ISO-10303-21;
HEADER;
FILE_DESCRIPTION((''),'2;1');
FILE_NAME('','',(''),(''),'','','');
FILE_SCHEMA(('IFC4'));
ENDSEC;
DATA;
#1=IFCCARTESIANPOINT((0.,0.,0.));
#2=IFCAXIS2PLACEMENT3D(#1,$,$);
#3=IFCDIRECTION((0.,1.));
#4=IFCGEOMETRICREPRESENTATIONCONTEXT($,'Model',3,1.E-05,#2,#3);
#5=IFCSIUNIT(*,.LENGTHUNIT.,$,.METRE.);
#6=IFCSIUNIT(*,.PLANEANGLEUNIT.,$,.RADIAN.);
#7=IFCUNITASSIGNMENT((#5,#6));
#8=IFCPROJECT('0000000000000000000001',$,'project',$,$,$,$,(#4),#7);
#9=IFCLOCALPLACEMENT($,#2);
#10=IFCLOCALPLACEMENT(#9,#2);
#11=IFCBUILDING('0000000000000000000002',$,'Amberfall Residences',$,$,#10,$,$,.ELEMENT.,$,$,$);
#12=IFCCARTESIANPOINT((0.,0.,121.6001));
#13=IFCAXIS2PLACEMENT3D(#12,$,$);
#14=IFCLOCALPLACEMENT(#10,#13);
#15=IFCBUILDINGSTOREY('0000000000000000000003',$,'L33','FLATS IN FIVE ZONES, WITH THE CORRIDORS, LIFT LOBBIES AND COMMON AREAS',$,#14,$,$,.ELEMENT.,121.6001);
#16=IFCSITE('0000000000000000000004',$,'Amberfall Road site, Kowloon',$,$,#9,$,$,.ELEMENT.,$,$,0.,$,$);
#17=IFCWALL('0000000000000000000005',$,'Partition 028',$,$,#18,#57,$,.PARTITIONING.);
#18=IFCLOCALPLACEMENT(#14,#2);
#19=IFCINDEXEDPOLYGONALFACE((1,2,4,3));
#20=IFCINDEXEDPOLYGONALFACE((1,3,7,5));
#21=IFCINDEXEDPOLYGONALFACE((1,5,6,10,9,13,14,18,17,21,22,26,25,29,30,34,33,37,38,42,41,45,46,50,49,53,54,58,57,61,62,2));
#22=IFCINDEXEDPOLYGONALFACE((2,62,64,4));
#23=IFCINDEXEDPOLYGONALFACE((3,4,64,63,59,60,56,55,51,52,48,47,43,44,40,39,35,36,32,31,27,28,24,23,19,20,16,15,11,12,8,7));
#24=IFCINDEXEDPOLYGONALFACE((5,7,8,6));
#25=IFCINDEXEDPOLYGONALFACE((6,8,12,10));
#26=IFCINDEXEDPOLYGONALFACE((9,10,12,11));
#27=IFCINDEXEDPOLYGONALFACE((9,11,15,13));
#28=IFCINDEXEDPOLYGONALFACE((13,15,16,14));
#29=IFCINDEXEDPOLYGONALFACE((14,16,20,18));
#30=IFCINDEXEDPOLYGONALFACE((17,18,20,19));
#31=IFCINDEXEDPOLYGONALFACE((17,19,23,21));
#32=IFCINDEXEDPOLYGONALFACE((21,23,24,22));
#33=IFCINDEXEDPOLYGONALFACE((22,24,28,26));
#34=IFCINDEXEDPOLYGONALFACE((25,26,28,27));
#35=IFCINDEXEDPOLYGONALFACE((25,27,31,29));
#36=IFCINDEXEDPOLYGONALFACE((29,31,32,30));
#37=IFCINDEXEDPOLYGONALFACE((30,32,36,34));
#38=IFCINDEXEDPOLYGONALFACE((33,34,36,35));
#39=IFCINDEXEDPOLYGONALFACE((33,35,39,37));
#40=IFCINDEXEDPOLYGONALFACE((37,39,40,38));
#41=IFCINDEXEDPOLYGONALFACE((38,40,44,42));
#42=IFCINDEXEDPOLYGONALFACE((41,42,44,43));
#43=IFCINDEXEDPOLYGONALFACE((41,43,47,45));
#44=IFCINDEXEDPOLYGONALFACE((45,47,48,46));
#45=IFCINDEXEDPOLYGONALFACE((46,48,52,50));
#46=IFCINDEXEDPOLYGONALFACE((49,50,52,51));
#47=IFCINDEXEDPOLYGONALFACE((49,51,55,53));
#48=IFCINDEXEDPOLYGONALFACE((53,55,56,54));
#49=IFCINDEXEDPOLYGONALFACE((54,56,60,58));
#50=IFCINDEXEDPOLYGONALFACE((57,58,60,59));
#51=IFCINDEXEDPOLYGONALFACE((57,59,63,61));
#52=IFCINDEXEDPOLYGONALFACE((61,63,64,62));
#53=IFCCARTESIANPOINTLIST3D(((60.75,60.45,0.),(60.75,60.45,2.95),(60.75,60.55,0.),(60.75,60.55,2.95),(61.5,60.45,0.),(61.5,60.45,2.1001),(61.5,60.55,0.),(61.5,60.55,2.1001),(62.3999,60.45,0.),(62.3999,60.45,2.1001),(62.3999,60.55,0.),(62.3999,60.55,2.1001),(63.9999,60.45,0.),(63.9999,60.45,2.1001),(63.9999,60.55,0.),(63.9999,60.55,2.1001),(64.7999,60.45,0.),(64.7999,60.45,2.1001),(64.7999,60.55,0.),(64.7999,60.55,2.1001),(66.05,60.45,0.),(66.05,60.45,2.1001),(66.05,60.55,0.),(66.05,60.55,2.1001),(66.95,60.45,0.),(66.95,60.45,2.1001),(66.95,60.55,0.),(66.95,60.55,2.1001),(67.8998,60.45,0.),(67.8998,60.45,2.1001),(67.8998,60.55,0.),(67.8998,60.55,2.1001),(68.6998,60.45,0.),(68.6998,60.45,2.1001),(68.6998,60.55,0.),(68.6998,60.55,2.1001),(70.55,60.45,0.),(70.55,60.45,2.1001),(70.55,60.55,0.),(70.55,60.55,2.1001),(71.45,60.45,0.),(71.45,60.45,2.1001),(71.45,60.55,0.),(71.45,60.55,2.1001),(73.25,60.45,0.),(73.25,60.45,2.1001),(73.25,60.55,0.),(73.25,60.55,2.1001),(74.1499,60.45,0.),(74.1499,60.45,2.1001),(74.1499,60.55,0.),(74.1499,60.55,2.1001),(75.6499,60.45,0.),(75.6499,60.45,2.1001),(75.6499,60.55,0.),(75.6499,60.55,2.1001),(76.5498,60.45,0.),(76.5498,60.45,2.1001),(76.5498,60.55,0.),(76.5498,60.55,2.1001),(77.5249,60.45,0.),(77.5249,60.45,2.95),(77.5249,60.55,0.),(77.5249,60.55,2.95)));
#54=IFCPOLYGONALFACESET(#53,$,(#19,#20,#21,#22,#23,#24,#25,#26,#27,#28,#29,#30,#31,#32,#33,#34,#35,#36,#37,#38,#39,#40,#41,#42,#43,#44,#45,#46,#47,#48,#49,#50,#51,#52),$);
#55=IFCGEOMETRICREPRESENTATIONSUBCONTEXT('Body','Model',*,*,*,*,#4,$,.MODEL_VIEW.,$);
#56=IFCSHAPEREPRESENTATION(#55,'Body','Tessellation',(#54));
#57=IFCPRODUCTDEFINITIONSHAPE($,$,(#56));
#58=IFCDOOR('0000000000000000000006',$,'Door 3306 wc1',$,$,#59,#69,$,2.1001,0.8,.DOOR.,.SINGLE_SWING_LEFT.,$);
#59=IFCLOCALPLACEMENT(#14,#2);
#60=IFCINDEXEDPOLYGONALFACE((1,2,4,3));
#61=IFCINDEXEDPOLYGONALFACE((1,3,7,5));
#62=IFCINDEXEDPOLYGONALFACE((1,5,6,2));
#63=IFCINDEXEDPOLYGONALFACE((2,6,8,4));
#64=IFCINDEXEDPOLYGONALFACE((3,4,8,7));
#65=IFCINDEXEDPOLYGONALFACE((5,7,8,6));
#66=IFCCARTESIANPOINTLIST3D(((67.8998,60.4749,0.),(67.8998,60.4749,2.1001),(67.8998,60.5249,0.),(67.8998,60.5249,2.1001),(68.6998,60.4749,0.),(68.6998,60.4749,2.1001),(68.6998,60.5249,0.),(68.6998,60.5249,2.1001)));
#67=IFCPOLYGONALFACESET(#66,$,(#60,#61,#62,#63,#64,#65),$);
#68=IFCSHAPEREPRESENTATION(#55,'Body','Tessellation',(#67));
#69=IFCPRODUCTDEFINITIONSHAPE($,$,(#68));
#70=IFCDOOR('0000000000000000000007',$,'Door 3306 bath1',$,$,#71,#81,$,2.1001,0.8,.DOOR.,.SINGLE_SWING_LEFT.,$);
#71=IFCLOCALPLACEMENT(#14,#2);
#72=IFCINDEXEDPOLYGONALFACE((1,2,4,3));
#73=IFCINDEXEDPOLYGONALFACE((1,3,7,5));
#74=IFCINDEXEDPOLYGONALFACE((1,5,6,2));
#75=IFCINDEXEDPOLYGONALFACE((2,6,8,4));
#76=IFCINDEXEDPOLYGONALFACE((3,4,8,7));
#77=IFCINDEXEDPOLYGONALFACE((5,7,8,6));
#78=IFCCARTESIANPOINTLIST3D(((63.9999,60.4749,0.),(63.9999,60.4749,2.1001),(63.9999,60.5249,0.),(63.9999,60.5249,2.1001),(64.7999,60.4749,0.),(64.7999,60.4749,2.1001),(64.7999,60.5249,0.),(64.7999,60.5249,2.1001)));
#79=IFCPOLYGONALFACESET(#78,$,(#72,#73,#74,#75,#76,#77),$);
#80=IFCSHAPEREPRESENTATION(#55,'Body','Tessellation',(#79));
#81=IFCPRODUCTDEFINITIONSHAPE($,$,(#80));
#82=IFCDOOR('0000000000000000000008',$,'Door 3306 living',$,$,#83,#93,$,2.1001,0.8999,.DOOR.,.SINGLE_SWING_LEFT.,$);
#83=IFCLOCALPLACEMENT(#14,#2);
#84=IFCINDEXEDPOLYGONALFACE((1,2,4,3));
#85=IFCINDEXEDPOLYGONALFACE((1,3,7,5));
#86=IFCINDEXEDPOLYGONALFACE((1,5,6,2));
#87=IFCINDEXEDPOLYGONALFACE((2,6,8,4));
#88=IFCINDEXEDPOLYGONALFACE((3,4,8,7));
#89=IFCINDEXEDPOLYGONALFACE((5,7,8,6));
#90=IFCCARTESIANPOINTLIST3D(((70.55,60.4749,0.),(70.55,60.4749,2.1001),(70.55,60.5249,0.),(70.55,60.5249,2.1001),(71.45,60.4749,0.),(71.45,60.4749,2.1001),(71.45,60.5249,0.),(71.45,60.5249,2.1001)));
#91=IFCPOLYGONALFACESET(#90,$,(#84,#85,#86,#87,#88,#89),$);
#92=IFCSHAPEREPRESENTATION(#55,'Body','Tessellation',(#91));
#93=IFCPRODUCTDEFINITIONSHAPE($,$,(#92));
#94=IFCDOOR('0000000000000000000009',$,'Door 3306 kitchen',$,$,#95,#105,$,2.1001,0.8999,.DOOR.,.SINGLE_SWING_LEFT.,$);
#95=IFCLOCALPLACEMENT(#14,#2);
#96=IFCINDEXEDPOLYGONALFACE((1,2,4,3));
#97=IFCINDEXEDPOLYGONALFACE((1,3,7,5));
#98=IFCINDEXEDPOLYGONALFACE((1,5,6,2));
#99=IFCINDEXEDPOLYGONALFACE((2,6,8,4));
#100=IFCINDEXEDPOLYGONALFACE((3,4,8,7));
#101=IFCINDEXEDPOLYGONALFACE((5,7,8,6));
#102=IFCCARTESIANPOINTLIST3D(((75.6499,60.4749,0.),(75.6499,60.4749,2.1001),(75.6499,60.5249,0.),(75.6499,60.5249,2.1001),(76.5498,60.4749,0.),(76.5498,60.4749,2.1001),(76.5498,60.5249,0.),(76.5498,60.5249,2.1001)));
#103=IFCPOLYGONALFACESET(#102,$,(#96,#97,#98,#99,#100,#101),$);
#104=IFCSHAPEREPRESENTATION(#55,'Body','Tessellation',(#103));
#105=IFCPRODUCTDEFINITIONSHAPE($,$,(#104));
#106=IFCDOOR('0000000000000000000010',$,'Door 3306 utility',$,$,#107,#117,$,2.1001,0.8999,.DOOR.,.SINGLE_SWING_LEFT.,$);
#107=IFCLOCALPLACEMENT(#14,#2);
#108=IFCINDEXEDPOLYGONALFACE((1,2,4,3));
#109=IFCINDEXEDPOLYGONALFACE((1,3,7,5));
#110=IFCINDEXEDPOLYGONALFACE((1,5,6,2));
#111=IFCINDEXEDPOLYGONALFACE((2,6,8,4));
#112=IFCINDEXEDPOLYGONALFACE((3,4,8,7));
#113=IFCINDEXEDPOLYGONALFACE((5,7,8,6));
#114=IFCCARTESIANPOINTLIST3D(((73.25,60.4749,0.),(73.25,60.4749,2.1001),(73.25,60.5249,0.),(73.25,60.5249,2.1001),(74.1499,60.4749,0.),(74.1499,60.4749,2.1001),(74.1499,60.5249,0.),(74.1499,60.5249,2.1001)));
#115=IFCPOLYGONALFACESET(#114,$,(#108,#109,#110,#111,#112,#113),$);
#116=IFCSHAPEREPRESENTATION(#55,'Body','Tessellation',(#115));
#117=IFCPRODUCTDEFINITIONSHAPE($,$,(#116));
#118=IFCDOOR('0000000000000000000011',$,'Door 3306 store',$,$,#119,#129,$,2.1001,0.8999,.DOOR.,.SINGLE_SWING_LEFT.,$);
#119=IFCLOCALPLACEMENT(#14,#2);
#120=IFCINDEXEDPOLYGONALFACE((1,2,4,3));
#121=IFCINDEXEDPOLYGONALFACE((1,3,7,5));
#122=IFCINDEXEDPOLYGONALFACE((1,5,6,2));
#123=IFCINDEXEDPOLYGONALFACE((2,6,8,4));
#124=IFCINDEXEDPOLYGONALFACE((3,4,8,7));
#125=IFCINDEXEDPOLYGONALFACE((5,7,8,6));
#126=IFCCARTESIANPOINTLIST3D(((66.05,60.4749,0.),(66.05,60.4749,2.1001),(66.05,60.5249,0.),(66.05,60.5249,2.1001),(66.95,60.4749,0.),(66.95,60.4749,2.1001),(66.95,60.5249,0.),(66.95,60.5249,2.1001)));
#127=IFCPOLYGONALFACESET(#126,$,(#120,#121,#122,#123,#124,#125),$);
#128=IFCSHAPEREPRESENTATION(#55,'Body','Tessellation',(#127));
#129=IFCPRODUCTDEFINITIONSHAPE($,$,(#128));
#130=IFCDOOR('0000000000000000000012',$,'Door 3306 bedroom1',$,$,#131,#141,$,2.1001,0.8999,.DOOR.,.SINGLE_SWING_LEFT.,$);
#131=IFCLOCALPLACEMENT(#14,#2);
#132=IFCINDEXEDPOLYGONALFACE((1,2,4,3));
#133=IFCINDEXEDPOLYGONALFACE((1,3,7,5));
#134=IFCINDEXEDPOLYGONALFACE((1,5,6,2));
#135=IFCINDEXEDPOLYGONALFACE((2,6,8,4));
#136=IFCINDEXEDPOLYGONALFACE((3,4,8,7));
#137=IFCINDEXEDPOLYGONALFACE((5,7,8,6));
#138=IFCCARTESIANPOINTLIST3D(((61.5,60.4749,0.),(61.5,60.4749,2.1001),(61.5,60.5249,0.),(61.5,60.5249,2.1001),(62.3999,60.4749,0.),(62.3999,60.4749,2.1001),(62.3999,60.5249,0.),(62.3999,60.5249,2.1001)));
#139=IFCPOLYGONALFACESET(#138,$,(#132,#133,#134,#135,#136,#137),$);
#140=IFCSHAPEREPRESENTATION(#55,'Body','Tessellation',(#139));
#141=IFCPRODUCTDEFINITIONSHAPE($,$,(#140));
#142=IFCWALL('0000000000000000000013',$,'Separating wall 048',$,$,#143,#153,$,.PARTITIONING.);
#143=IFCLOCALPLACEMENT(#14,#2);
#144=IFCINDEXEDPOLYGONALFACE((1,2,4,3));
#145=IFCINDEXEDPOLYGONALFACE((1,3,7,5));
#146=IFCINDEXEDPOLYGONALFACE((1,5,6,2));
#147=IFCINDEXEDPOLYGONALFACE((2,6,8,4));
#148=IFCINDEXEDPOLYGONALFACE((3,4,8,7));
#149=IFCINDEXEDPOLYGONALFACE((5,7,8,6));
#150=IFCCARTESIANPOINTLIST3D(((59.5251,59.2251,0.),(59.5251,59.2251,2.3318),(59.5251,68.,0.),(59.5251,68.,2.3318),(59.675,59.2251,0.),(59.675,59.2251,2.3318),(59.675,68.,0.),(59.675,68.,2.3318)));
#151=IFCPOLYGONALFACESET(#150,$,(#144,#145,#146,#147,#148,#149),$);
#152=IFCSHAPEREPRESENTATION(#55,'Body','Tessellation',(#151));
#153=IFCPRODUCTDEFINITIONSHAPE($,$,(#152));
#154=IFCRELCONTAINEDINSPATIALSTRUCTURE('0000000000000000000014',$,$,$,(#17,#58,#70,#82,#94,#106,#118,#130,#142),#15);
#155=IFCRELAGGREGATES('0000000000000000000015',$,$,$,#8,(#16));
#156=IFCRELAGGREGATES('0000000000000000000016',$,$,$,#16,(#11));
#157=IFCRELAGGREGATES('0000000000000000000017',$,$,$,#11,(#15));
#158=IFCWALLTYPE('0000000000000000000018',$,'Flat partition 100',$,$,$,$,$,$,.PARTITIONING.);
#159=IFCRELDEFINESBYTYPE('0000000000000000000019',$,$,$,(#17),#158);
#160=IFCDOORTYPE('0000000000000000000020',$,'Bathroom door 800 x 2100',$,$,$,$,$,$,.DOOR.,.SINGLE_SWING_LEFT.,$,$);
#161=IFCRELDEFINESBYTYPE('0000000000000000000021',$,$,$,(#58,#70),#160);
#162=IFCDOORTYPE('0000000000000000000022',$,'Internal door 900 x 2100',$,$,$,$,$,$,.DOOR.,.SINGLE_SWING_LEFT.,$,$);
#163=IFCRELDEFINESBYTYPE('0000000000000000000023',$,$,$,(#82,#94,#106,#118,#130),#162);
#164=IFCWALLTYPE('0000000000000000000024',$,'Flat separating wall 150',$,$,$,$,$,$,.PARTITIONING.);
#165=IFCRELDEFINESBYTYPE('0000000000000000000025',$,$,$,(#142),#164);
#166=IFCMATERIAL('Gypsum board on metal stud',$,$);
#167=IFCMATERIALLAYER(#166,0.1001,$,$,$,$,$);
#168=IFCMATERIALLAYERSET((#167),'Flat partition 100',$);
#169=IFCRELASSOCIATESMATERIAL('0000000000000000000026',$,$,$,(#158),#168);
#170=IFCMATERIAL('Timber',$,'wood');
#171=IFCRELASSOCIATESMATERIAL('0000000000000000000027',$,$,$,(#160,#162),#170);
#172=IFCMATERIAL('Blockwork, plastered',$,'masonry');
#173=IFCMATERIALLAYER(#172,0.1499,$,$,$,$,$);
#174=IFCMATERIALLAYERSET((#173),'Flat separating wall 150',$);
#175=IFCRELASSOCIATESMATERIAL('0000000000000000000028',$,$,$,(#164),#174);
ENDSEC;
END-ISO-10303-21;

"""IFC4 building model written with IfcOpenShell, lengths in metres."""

from ifc_helpers import new_model, si_unit, direction, frame, frame_2d, origin, place, context, subcontext, project, spatial, rectangle, extrude, material, layer, layer_set, type_object, element, fill, save


model = new_model("IFC4")

# Units and contexts
model_context = context("Model", 3, precision=1e-05, world=origin(), true_north=direction((0.0, 1.0)))
body_context = subcontext(model_context, "Body", "Model", "MODEL_VIEW")
ifc_project = project(units=[si_unit("LENGTHUNIT", "METRE"), si_unit("PLANEANGLEUNIT", "RADIAN")], contexts=[model_context])

# Site, building, storey
site_placement = place(None, origin())
site = spatial("IfcSite", under=ifc_project, at=site_placement, Name="Amberfall Road site, Kowloon", CompositionType="ELEMENT", RefElevation=0.0)
building_placement = place(site_placement, origin())
building = spatial("IfcBuilding", under=site, at=building_placement, Name="Amberfall Residences", CompositionType="ELEMENT")
storey_placement = place(building_placement, frame((0.0, 0.0, 121.6001)))
storey = spatial("IfcBuildingStorey", under=building, at=storey_placement, Name="L33", Description="FLATS IN FIVE ZONES, WITH THE CORRIDORS, LIFT LOBBIES AND COMMON AREAS", CompositionType="ELEMENT", Elevation=121.6001)

# Shared definitions
ifc_material_1 = material(Name="Gypsum board on metal stud")
ifc_layer_1 = layer(ifc_material_1, 0.1001)
ifc_layer_set_1 = layer_set([ifc_layer_1], Name="Flat partition 100")
wall_type_1 = type_object("IfcWallType", Name="Flat partition 100", PredefinedType="PARTITIONING", material=ifc_layer_set_1)

# Wall, openings, doors
wall_1_placement = place(storey_placement, frame((60.75, 60.5, 0.0), z_axis=(0.0, 0.0, 1.0), x_axis=(1.0, 0.0, 0.0)))
wall_1 = element("IfcWall", 1, at=wall_1_placement, inside=storey, type_object=wall_type_1, Name="Partition 028", PredefinedType="PARTITIONING", context=body_context, shape_type="SweptSolid", body=[
    extrude(rectangle(XDim=16.7749, YDim=0.1001, at=frame_2d((8.3875, 0.0))), origin(), (0.0, 0.0, 1.0), 2.95),
])
opening_1_placement = place(wall_1_placement, frame((9.8, 0.0, 0.0)))
opening_1 = element("IfcOpeningElement", 2, at=opening_1_placement, cuts=wall_1, PredefinedType="OPENING", context=body_context, shape_type="SweptSolid", body=[
    extrude(rectangle(XDim=0.8999, YDim=2.1001, at=frame_2d((0.45, 1.05))), frame((0.0, 0.0601, 0.0), z_axis=(0.0, -1.0, 0.0), x_axis=(1.0, 0.0, 0.0)), (0.0, 0.0, 1.0), 0.1201),
])
opening_2_placement = place(wall_1_placement, frame((14.8999, 0.0, 0.0)))
opening_2 = element("IfcOpeningElement", 3, at=opening_2_placement, cuts=wall_1, PredefinedType="OPENING", context=body_context, shape_type="SweptSolid", body=[
    extrude(rectangle(XDim=0.8999, YDim=2.1001, at=frame_2d((0.45, 1.05))), frame((0.0, 0.0601, 0.0), z_axis=(0.0, -1.0, 0.0), x_axis=(1.0, 0.0, 0.0)), (0.0, 0.0, 1.0), 0.1201),
])
opening_3_placement = place(wall_1_placement, frame((12.5, 0.0, 0.0)))
opening_3 = element("IfcOpeningElement", 4, at=opening_3_placement, cuts=wall_1, PredefinedType="OPENING", context=body_context, shape_type="SweptSolid", body=[
    extrude(rectangle(XDim=0.8999, YDim=2.1001, at=frame_2d((0.45, 1.05))), frame((0.0, 0.0601, 0.0), z_axis=(0.0, -1.0, 0.0), x_axis=(1.0, 0.0, 0.0)), (0.0, 0.0, 1.0), 0.1201),
])
opening_4_placement = place(wall_1_placement, frame((5.3, 0.0, 0.0)))
opening_4 = element("IfcOpeningElement", 5, at=opening_4_placement, cuts=wall_1, PredefinedType="OPENING", context=body_context, shape_type="SweptSolid", body=[
    extrude(rectangle(XDim=0.8999, YDim=2.1001, at=frame_2d((0.45, 1.05))), frame((0.0, 0.0601, 0.0), z_axis=(0.0, -1.0, 0.0), x_axis=(1.0, 0.0, 0.0)), (0.0, 0.0, 1.0), 0.1201),
])
opening_5_placement = place(wall_1_placement, frame((7.1499, 0.0, 0.0)))
opening_5 = element("IfcOpeningElement", 6, at=opening_5_placement, cuts=wall_1, PredefinedType="OPENING", context=body_context, shape_type="SweptSolid", body=[
    extrude(rectangle(XDim=0.8, YDim=2.1001, at=frame_2d((0.3999, 1.05))), frame((0.0, 0.0601, 0.0), z_axis=(0.0, -1.0, 0.0), x_axis=(1.0, 0.0, 0.0)), (0.0, 0.0, 1.0), 0.1201),
])
opening_6_placement = place(wall_1_placement, frame((0.75, 0.0, 0.0)))
opening_6 = element("IfcOpeningElement", 7, at=opening_6_placement, cuts=wall_1, PredefinedType="OPENING", context=body_context, shape_type="SweptSolid", body=[
    extrude(rectangle(XDim=0.8999, YDim=2.1001, at=frame_2d((0.45, 1.05))), frame((0.0, 0.0601, 0.0), z_axis=(0.0, -1.0, 0.0), x_axis=(1.0, 0.0, 0.0)), (0.0, 0.0, 1.0), 0.1201),
])
opening_7_placement = place(wall_1_placement, frame((3.25, 0.0, 0.0)))
opening_7 = element("IfcOpeningElement", 8, at=opening_7_placement, cuts=wall_1, PredefinedType="OPENING", context=body_context, shape_type="SweptSolid", body=[
    extrude(rectangle(XDim=0.8, YDim=2.1001, at=frame_2d((0.3999, 1.05))), frame((0.0, 0.0601, 0.0), z_axis=(0.0, -1.0, 0.0), x_axis=(1.0, 0.0, 0.0)), (0.0, 0.0, 1.0), 0.1201),
])
ifc_material_2 = material(Name="Timber", Category="wood")
door_type_1 = type_object("IfcDoorType", Name="Bathroom door 800 x 2100", OperationType="SINGLE_SWING_LEFT", PredefinedType="DOOR", material=ifc_material_2)
door_1_placement = place(opening_5_placement, origin())
door_1 = element("IfcDoor", 9, at=door_1_placement, inside=storey, type_object=door_type_1, Name="Door 3306 wc1", OperationType="SINGLE_SWING_LEFT", OverallHeight=2.1001, OverallWidth=0.8, PredefinedType="DOOR", context=body_context, shape_type="SweptSolid", body=[
    extrude(rectangle(XDim=0.8, YDim=2.1001, at=frame_2d((0.3999, 1.05))), frame((0.0, 0.0249, 0.0), z_axis=(0.0, -1.0, 0.0), x_axis=(1.0, 0.0, 0.0)), (0.0, 0.0, 1.0), 0.05),
])
fill(opening_5, door_1)
door_2_placement = place(opening_7_placement, origin())
door_2 = element("IfcDoor", 10, at=door_2_placement, inside=storey, type_object=door_type_1, Name="Door 3306 bath1", OperationType="SINGLE_SWING_LEFT", OverallHeight=2.1001, OverallWidth=0.8, PredefinedType="DOOR", context=body_context, shape_type="SweptSolid", body=[
    extrude(rectangle(XDim=0.8, YDim=2.1001, at=frame_2d((0.3999, 1.05))), frame((0.0, 0.0249, 0.0), z_axis=(0.0, -1.0, 0.0), x_axis=(1.0, 0.0, 0.0)), (0.0, 0.0, 1.0), 0.05),
])
fill(opening_7, door_2)
door_type_2 = type_object("IfcDoorType", Name="Internal door 900 x 2100", OperationType="SINGLE_SWING_LEFT", PredefinedType="DOOR", material=ifc_material_2)
door_3_placement = place(opening_1_placement, origin())
door_3 = element("IfcDoor", 11, at=door_3_placement, inside=storey, type_object=door_type_2, Name="Door 3306 living", OperationType="SINGLE_SWING_LEFT", OverallHeight=2.1001, OverallWidth=0.8999, PredefinedType="DOOR", context=body_context, shape_type="SweptSolid", body=[
    extrude(rectangle(XDim=0.8999, YDim=2.1001, at=frame_2d((0.45, 1.05))), frame((0.0, 0.0249, 0.0), z_axis=(0.0, -1.0, 0.0), x_axis=(1.0, 0.0, 0.0)), (0.0, 0.0, 1.0), 0.05),
])
fill(opening_1, door_3)
door_4_placement = place(opening_2_placement, origin())
door_4 = element("IfcDoor", 12, at=door_4_placement, inside=storey, type_object=door_type_2, Name="Door 3306 kitchen", OperationType="SINGLE_SWING_LEFT", OverallHeight=2.1001, OverallWidth=0.8999, PredefinedType="DOOR", context=body_context, shape_type="SweptSolid", body=[
    extrude(rectangle(XDim=0.8999, YDim=2.1001, at=frame_2d((0.45, 1.05))), frame((0.0, 0.0249, 0.0), z_axis=(0.0, -1.0, 0.0), x_axis=(1.0, 0.0, 0.0)), (0.0, 0.0, 1.0), 0.05),
])
fill(opening_2, door_4)
door_5_placement = place(opening_3_placement, origin())
door_5 = element("IfcDoor", 13, at=door_5_placement, inside=storey, type_object=door_type_2, Name="Door 3306 utility", OperationType="SINGLE_SWING_LEFT", OverallHeight=2.1001, OverallWidth=0.8999, PredefinedType="DOOR", context=body_context, shape_type="SweptSolid", body=[
    extrude(rectangle(XDim=0.8999, YDim=2.1001, at=frame_2d((0.45, 1.05))), frame((0.0, 0.0249, 0.0), z_axis=(0.0, -1.0, 0.0), x_axis=(1.0, 0.0, 0.0)), (0.0, 0.0, 1.0), 0.05),
])
fill(opening_3, door_5)
door_6_placement = place(opening_4_placement, origin())
door_6 = element("IfcDoor", 14, at=door_6_placement, inside=storey, type_object=door_type_2, Name="Door 3306 store", OperationType="SINGLE_SWING_LEFT", OverallHeight=2.1001, OverallWidth=0.8999, PredefinedType="DOOR", context=body_context, shape_type="SweptSolid", body=[
    extrude(rectangle(XDim=0.8999, YDim=2.1001, at=frame_2d((0.45, 1.05))), frame((0.0, 0.0249, 0.0), z_axis=(0.0, -1.0, 0.0), x_axis=(1.0, 0.0, 0.0)), (0.0, 0.0, 1.0), 0.05),
])
fill(opening_4, door_6)
door_7_placement = place(opening_6_placement, origin())
door_7 = element("IfcDoor", 15, at=door_7_placement, inside=storey, type_object=door_type_2, Name="Door 3306 bedroom1", OperationType="SINGLE_SWING_LEFT", OverallHeight=2.1001, OverallWidth=0.8999, PredefinedType="DOOR", context=body_context, shape_type="SweptSolid", body=[
    extrude(rectangle(XDim=0.8999, YDim=2.1001, at=frame_2d((0.45, 1.05))), frame((0.0, 0.0249, 0.0), z_axis=(0.0, -1.0, 0.0), x_axis=(1.0, 0.0, 0.0)), (0.0, 0.0, 1.0), 0.05),
])
fill(opening_6, door_7)

# Wall
ifc_material_3 = material(Name="Blockwork, plastered", Category="masonry")
ifc_layer_2 = layer(ifc_material_3, 0.1499)
ifc_layer_set_2 = layer_set([ifc_layer_2], Name="Flat separating wall 150")
wall_type_2 = type_object("IfcWallType", Name="Flat separating wall 150", PredefinedType="PARTITIONING", material=ifc_layer_set_2)
wall_2_placement = place(storey_placement, frame((59.6001, 59.2251, 0.0), z_axis=(0.0, 0.0, 1.0), x_axis=(0.0, 1.0, 0.0)))
element("IfcWall", 16, at=wall_2_placement, inside=storey, type_object=wall_type_2, Name="Separating wall 048", PredefinedType="PARTITIONING", context=body_context, shape_type="SweptSolid", body=[
    extrude(rectangle(XDim=8.7749, YDim=0.1499, at=frame_2d((4.3875, 0.0))), origin(), (0.0, 0.0, 1.0), 2.3318),
])

save(model, "model.ifc")
